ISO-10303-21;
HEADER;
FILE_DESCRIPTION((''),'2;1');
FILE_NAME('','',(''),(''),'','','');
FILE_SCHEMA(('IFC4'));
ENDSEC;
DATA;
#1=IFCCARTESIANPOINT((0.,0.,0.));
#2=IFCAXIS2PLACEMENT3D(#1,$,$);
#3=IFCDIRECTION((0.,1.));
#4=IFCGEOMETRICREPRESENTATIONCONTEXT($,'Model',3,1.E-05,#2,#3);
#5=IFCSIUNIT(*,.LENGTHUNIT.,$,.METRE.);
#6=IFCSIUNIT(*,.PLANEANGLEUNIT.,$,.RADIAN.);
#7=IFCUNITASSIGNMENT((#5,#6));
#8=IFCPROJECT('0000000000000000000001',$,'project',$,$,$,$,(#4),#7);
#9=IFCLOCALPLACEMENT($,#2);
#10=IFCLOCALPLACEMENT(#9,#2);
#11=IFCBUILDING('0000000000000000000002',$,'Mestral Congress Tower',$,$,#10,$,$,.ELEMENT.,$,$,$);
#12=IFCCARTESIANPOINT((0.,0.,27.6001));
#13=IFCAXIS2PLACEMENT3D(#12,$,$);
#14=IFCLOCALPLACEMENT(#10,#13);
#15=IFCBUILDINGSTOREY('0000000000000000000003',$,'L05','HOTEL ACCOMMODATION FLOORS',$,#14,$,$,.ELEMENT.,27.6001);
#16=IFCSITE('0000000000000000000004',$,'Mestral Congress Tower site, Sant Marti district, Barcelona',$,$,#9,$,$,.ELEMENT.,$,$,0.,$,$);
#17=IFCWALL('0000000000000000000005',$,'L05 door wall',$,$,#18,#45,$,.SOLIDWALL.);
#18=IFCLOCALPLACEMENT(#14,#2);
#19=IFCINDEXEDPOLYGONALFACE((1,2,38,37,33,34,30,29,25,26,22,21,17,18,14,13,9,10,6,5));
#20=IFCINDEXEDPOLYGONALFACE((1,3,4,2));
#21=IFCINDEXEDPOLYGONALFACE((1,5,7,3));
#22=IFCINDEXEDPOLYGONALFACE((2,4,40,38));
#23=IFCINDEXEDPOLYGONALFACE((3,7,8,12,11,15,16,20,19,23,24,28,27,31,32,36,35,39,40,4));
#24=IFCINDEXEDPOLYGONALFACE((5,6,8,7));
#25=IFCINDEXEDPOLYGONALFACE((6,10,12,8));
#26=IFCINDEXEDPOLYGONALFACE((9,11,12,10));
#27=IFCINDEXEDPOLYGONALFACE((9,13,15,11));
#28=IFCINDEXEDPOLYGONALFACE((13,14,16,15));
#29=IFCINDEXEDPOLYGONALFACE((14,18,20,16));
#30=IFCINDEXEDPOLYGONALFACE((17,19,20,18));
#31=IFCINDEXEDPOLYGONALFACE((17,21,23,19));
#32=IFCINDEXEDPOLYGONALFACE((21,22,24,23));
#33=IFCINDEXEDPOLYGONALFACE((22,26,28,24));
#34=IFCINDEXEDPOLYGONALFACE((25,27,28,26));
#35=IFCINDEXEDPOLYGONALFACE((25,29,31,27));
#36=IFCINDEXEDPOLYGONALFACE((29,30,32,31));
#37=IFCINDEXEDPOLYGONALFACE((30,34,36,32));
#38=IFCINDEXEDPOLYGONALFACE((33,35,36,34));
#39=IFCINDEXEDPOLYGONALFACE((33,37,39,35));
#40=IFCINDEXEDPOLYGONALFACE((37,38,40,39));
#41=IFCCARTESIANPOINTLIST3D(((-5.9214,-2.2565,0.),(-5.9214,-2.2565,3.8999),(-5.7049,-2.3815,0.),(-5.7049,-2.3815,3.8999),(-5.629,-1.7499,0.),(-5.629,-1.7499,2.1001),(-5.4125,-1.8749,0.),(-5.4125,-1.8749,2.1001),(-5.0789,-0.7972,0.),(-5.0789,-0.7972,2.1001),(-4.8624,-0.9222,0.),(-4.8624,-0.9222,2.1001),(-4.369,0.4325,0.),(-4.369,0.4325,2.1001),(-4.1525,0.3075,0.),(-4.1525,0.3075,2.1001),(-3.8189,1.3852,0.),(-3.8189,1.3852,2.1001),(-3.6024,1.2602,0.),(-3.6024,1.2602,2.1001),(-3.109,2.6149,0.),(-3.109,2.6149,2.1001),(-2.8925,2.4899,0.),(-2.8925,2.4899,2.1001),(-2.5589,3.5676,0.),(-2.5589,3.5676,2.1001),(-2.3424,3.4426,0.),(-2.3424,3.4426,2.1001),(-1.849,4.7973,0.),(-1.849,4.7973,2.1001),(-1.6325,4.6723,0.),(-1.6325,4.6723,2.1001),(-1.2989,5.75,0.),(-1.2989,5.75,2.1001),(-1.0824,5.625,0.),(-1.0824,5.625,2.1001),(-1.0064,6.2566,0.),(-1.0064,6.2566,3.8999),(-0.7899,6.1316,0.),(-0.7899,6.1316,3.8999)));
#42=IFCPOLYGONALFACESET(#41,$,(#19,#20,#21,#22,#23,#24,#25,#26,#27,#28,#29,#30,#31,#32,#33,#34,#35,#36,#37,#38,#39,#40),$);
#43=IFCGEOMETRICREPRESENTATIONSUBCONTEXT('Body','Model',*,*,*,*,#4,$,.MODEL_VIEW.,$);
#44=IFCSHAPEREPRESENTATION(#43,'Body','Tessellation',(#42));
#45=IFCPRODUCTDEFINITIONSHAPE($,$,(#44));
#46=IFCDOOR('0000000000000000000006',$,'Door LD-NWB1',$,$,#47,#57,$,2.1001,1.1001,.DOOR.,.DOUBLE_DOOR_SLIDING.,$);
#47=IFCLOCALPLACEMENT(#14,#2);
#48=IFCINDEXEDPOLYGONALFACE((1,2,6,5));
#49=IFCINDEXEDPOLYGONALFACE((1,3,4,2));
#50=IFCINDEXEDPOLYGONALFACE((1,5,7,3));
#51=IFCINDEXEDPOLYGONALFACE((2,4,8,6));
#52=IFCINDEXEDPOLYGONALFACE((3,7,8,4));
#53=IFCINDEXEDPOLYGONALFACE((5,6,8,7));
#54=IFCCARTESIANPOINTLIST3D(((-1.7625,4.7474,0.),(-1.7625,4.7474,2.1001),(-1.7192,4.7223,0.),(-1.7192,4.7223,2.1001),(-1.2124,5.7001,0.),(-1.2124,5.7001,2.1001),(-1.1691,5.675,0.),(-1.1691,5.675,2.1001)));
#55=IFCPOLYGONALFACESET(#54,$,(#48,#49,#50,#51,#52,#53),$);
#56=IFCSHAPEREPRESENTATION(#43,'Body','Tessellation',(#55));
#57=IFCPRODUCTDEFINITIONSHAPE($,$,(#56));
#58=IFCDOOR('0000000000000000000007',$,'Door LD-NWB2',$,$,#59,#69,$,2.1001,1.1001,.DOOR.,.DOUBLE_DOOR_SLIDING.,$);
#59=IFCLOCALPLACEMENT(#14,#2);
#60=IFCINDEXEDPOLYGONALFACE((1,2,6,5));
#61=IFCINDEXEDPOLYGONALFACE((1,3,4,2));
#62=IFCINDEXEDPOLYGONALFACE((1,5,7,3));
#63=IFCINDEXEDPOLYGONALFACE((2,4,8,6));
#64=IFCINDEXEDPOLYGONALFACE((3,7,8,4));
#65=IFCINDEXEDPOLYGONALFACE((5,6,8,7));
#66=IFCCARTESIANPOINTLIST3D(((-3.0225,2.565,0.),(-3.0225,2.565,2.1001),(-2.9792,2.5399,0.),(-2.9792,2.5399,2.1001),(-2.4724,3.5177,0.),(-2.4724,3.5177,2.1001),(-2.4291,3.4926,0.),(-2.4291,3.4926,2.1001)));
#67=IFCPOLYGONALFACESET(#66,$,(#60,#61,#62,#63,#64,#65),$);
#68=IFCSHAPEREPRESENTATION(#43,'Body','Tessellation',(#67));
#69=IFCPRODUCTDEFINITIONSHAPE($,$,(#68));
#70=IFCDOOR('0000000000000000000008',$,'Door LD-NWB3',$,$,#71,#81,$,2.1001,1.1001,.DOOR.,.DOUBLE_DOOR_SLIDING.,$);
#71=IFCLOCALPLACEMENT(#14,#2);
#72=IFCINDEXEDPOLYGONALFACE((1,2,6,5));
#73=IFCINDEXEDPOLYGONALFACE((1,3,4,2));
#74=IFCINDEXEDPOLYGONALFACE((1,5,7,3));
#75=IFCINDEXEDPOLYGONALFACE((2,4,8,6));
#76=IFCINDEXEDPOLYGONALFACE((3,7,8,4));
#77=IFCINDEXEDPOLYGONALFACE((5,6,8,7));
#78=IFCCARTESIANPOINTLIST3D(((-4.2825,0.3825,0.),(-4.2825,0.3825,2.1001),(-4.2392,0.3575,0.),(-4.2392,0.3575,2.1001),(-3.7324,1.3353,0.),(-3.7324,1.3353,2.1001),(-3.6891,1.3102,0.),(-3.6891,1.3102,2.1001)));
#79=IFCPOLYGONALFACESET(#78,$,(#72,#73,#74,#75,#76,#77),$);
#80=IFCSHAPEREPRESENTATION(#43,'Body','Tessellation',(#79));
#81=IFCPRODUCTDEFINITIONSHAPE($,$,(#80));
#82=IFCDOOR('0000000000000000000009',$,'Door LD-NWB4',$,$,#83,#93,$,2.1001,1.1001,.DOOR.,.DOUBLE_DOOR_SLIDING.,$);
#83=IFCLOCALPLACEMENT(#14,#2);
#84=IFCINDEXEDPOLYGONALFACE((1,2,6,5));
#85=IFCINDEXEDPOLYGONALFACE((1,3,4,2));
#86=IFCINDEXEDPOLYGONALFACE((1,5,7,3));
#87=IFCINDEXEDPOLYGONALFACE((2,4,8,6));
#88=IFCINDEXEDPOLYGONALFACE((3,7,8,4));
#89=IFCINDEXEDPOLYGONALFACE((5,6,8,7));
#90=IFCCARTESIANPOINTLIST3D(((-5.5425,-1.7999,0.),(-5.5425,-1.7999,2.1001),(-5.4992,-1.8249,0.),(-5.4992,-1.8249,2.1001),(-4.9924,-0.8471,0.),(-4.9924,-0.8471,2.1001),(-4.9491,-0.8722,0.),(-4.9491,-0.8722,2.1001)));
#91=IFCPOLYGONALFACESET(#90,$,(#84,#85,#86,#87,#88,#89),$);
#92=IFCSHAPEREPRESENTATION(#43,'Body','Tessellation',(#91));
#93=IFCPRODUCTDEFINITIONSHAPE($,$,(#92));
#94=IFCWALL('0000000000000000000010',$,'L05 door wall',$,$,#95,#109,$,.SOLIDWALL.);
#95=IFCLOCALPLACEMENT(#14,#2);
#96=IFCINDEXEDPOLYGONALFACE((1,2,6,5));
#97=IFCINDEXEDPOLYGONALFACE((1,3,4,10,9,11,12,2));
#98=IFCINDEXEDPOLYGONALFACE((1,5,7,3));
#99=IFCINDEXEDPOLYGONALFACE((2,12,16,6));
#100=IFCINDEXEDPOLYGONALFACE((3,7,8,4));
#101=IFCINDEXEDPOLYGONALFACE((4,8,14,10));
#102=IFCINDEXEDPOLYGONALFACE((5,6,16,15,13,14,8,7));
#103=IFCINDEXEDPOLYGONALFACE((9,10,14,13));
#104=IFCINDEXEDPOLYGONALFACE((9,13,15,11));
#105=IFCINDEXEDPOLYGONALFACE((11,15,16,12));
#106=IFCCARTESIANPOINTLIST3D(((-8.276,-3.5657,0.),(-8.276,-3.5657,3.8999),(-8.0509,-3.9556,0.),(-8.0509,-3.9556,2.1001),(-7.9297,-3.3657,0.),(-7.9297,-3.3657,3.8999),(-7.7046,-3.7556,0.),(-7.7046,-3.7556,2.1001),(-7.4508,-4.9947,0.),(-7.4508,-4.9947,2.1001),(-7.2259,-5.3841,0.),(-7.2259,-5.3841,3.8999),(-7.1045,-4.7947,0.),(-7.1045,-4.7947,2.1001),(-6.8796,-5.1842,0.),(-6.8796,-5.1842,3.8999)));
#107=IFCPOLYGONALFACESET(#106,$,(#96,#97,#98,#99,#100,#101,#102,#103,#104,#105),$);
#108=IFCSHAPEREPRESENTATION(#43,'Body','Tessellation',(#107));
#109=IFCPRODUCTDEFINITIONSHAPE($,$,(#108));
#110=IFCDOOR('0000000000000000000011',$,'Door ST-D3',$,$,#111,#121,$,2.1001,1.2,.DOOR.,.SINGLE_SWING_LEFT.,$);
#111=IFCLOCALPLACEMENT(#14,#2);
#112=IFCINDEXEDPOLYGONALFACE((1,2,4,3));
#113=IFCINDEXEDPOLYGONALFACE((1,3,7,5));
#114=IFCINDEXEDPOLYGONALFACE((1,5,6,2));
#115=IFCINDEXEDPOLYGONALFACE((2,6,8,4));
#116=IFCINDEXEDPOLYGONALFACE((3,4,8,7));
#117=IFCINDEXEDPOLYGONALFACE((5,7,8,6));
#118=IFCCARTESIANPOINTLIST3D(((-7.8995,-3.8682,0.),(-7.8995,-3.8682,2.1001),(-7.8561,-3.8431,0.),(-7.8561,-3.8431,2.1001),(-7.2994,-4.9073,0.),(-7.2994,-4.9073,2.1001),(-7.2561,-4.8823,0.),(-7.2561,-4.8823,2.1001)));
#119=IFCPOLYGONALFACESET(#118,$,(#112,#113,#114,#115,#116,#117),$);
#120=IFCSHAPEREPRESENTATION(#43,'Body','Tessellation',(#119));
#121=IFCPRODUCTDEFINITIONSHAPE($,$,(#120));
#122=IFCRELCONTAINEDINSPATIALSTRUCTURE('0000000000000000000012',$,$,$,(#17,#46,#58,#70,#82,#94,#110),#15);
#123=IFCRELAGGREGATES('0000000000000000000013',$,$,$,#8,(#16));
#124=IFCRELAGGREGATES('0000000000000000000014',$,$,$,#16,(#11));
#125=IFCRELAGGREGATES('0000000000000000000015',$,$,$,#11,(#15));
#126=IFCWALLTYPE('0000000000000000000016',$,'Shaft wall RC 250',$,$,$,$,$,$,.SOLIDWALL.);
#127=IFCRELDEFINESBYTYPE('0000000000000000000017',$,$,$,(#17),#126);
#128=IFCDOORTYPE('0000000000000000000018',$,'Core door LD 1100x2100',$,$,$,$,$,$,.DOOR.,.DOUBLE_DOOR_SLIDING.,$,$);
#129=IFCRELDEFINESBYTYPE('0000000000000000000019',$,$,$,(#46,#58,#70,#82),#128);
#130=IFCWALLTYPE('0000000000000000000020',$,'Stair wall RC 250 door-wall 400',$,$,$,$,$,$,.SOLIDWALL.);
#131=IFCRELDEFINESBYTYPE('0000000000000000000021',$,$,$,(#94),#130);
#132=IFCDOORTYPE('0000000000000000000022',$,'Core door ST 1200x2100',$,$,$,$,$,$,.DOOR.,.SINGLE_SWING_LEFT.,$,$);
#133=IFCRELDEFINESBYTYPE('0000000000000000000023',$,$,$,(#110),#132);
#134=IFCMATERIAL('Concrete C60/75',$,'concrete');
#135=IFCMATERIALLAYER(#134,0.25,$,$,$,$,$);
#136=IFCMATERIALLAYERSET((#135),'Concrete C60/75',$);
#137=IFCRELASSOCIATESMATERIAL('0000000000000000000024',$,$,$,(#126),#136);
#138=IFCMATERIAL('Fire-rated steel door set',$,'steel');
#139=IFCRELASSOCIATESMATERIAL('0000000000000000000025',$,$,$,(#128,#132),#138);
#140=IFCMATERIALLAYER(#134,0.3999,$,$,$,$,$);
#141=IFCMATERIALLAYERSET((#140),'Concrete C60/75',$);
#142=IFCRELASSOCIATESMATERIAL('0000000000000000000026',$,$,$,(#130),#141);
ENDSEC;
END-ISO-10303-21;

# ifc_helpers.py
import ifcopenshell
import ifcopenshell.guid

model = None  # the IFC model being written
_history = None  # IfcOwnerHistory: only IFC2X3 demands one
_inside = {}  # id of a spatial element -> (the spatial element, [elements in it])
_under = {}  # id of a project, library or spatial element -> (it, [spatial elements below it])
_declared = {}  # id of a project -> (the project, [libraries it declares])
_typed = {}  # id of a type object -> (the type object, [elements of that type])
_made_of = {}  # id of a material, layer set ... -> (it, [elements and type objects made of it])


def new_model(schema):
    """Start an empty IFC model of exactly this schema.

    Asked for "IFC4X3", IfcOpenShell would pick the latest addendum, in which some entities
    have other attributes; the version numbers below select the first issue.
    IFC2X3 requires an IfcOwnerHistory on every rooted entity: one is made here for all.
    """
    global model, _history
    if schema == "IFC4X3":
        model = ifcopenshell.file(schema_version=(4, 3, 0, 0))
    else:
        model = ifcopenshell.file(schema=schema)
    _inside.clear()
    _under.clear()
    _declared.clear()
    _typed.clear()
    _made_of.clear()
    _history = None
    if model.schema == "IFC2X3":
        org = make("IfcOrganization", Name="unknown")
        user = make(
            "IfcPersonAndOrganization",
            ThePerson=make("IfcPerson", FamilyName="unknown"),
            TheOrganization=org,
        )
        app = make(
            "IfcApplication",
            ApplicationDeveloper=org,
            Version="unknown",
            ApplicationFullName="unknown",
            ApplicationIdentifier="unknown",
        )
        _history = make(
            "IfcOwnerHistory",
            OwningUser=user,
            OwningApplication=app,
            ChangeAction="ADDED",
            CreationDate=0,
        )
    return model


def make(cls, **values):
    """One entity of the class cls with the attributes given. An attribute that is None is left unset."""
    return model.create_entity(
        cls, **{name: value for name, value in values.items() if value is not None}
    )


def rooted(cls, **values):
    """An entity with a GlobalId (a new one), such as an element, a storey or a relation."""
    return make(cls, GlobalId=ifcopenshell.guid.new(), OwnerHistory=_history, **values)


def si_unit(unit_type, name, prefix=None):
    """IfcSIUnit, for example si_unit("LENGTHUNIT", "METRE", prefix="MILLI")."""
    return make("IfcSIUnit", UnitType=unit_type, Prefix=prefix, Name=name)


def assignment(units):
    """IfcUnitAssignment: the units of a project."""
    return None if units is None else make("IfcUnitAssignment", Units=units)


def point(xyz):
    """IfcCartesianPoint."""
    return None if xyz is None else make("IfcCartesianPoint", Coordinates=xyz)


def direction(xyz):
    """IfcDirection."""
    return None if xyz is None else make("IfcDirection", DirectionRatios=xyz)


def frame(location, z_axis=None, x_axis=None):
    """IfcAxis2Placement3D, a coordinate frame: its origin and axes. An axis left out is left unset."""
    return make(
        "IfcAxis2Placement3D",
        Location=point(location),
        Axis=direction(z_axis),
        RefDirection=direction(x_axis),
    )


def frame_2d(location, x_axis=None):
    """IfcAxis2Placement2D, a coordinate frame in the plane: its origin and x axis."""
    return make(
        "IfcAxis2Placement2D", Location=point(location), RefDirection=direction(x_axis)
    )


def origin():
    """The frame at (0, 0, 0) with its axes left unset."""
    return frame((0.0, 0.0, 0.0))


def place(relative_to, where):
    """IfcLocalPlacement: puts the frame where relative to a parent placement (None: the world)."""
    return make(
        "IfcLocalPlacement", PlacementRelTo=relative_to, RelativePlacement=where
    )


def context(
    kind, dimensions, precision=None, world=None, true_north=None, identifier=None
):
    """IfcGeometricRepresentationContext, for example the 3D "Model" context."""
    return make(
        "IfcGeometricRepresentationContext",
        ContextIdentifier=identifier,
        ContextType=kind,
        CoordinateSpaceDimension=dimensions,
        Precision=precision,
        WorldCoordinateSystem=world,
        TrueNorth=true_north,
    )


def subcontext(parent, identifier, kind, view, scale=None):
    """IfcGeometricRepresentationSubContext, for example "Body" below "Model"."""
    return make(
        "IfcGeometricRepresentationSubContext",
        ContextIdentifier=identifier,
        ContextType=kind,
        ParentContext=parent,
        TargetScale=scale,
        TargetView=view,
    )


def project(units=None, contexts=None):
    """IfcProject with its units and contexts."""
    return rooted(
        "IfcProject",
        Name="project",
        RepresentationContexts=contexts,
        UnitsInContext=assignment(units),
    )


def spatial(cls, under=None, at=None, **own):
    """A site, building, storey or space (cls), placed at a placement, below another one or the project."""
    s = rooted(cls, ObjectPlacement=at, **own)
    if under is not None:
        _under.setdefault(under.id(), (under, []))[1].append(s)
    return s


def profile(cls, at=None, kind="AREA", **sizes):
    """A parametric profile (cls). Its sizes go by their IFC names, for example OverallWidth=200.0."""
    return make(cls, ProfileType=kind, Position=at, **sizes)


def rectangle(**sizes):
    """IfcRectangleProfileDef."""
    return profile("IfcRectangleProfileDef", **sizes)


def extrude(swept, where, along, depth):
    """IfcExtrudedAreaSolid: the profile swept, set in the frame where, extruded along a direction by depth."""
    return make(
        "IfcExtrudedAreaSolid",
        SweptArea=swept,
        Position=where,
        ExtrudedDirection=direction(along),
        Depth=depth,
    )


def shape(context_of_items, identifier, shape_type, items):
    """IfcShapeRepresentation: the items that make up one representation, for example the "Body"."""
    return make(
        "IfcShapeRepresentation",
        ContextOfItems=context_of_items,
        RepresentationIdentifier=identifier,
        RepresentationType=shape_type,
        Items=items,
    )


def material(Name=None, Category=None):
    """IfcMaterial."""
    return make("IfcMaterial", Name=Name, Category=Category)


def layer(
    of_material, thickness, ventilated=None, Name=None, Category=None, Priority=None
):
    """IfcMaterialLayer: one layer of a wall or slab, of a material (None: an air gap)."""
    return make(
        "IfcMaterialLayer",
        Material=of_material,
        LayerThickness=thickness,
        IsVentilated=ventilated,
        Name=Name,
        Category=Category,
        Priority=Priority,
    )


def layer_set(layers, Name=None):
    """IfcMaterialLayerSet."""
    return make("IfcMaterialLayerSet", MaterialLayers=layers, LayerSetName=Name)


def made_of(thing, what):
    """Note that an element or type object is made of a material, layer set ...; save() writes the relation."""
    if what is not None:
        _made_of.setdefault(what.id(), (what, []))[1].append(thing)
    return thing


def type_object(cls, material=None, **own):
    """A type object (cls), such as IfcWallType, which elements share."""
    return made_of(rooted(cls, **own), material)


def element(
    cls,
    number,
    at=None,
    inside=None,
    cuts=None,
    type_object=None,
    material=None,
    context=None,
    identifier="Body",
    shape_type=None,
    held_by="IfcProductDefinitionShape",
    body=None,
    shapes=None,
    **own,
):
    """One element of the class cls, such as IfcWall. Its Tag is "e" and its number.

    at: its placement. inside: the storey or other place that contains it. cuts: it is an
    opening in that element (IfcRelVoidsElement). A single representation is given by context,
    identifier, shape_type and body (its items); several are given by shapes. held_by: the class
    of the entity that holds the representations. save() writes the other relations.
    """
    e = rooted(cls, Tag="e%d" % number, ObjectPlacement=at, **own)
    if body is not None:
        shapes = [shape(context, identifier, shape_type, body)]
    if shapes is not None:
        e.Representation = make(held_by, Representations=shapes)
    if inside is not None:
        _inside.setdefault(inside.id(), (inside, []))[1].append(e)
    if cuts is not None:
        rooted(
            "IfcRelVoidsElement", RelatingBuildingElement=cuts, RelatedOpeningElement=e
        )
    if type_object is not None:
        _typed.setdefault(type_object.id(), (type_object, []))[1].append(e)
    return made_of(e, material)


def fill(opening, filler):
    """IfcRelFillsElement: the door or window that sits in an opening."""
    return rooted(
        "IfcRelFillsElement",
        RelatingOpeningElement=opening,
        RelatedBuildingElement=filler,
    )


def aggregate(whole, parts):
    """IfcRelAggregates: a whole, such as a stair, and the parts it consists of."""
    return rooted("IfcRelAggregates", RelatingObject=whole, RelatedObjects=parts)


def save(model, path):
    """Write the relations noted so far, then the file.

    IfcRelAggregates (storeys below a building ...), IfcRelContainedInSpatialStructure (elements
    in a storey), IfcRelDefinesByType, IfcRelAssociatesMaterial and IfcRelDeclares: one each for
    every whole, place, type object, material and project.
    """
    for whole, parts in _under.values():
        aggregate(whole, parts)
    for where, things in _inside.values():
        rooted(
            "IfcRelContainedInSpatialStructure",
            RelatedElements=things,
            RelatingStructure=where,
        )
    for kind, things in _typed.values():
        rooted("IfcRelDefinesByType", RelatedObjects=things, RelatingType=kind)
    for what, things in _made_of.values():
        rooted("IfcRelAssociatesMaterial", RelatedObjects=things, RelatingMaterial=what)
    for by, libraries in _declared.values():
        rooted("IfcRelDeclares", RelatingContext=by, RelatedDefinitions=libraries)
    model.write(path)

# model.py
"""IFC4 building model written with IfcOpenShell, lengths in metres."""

from ifc_helpers import new_model, si_unit, direction, frame, frame_2d, origin, place, context, subcontext, project, spatial, rectangle, extrude, material, layer, layer_set, type_object, element, fill, save


model = new_model("IFC4")

# Units and contexts
model_context = context("Model", 3, precision=1e-05, world=origin(), true_north=direction((0.0, 1.0)))
body_context = subcontext(model_context, "Body", "Model", "MODEL_VIEW")
ifc_project = project(units=[si_unit("LENGTHUNIT", "METRE"), si_unit("PLANEANGLEUNIT", "RADIAN")], contexts=[model_context])

# Site, building, storey
site_placement = place(None, origin())
site = spatial("IfcSite", under=ifc_project, at=site_placement, Name="Mestral Congress Tower site, Sant Marti district, Barcelona", CompositionType="ELEMENT", RefElevation=0.0)
building_placement = place(site_placement, origin())
building = spatial("IfcBuilding", under=site, at=building_placement, Name="Mestral Congress Tower", CompositionType="ELEMENT")
storey_placement = place(building_placement, frame((0.0, 0.0, 27.6001)))
storey = spatial("IfcBuildingStorey", under=building, at=storey_placement, Name="L05", Description="HOTEL ACCOMMODATION FLOORS", CompositionType="ELEMENT", Elevation=27.6001)

# Shared definitions
ifc_material_1 = material(Name="Concrete C60/75", Category="concrete")

# Shared definitions
ifc_layer_1 = layer(ifc_material_1, 0.25)
ifc_layer_set_1 = layer_set([ifc_layer_1], Name="Concrete C60/75")
wall_type_1 = type_object("IfcWallType", Name="Shaft wall RC 250", PredefinedType="SOLIDWALL", material=ifc_layer_set_1)

# Wall, openings, doors
wall_1_placement = place(storey_placement, frame((-0.8982, 6.1941, 0.0), z_axis=(0.0, 0.0, 1.0), x_axis=(-0.499996, -0.866028, 0.0)))
wall_1 = element("IfcWall", 1, at=wall_1_placement, inside=storey, type_object=wall_type_1, Name="L05 door wall", PredefinedType="SOLIDWALL", context=body_context, shape_type="SweptSolid", body=[
    extrude(rectangle(XDim=9.8301, YDim=0.25, at=frame_2d((4.915, 0.0))), origin(), (0.0, 0.0, 1.0), 3.8999),
])
opening_1_placement = place(wall_1_placement, frame((0.585, 0.0, 0.0)))
opening_1 = element("IfcOpeningElement", 2, at=opening_1_placement, cuts=wall_1, PredefinedType="OPENING", context=body_context, shape_type="SweptSolid", body=[
    extrude(rectangle(XDim=1.1001, YDim=2.1001, at=frame_2d((0.55, 1.05))), frame((0.0, 0.135, 0.0), z_axis=(0.0, -1.0, 0.0), x_axis=(1.0, 0.0, 0.0)), (0.0, 0.0, 1.0), 0.27),
])
opening_2_placement = place(wall_1_placement, frame((3.105, 0.0, 0.0)))
opening_2 = element("IfcOpeningElement", 3, at=opening_2_placement, cuts=wall_1, PredefinedType="OPENING", context=body_context, shape_type="SweptSolid", body=[
    extrude(rectangle(XDim=1.1001, YDim=2.1001, at=frame_2d((0.55, 1.05))), frame((0.0, 0.135, 0.0), z_axis=(0.0, -1.0, 0.0), x_axis=(1.0, 0.0, 0.0)), (0.0, 0.0, 1.0), 0.27),
])
opening_3_placement = place(wall_1_placement, frame((5.625, 0.0, 0.0)))
opening_3 = element("IfcOpeningElement", 4, at=opening_3_placement, cuts=wall_1, PredefinedType="OPENING", context=body_context, shape_type="SweptSolid", body=[
    extrude(rectangle(XDim=1.1001, YDim=2.1001, at=frame_2d((0.55, 1.05))), frame((0.0, 0.135, 0.0), z_axis=(0.0, -1.0, 0.0), x_axis=(1.0, 0.0, 0.0)), (0.0, 0.0, 1.0), 0.27),
])
opening_4_placement = place(wall_1_placement, frame((8.145, 0.0, 0.0)))
opening_4 = element("IfcOpeningElement", 5, at=opening_4_placement, cuts=wall_1, PredefinedType="OPENING", context=body_context, shape_type="SweptSolid", body=[
    extrude(rectangle(XDim=1.1001, YDim=2.1001, at=frame_2d((0.55, 1.05))), frame((0.0, 0.135, 0.0), z_axis=(0.0, -1.0, 0.0), x_axis=(1.0, 0.0, 0.0)), (0.0, 0.0, 1.0), 0.27),
])
ifc_material_2 = material(Name="Fire-rated steel door set", Category="steel")
door_type_1 = type_object("IfcDoorType", Name="Core door LD 1100x2100", OperationType="DOUBLE_DOOR_SLIDING", PredefinedType="DOOR", material=ifc_material_2)
door_1_placement = place(opening_1_placement, origin())
door_1 = element("IfcDoor", 6, at=door_1_placement, inside=storey, type_object=door_type_1, Name="Door LD-NWB1", OperationType="DOUBLE_DOOR_SLIDING", OverallHeight=2.1001, OverallWidth=1.1001, PredefinedType="DOOR", context=body_context, shape_type="SweptSolid", body=[
    extrude(rectangle(XDim=1.1001, YDim=2.1001, at=frame_2d((0.55, 1.05))), frame((0.0, 0.0249, 0.0), z_axis=(0.0, -1.0, 0.0), x_axis=(1.0, 0.0, 0.0)), (0.0, 0.0, 1.0), 0.05),
])
fill(opening_1, door_1)
door_2_placement = place(opening_2_placement, origin())
door_2 = element("IfcDoor", 7, at=door_2_placement, inside=storey, type_object=door_type_1, Name="Door LD-NWB2", OperationType="DOUBLE_DOOR_SLIDING", OverallHeight=2.1001, OverallWidth=1.1001, PredefinedType="DOOR", context=body_context, shape_type="SweptSolid", body=[
    extrude(rectangle(XDim=1.1001, YDim=2.1001, at=frame_2d((0.55, 1.05))), frame((0.0, 0.0249, 0.0), z_axis=(0.0, -1.0, 0.0), x_axis=(1.0, 0.0, 0.0)), (0.0, 0.0, 1.0), 0.05),
])
fill(opening_2, door_2)
door_3_placement = place(opening_3_placement, origin())
door_3 = element("IfcDoor", 8, at=door_3_placement, inside=storey, type_object=door_type_1, Name="Door LD-NWB3", OperationType="DOUBLE_DOOR_SLIDING", OverallHeight=2.1001, OverallWidth=1.1001, PredefinedType="DOOR", context=body_context, shape_type="SweptSolid", body=[
    extrude(rectangle(XDim=1.1001, YDim=2.1001, at=frame_2d((0.55, 1.05))), frame((0.0, 0.0249, 0.0), z_axis=(0.0, -1.0, 0.0), x_axis=(1.0, 0.0, 0.0)), (0.0, 0.0, 1.0), 0.05),
])
fill(opening_3, door_3)
door_4_placement = place(opening_4_placement, origin())
door_4 = element("IfcDoor", 9, at=door_4_placement, inside=storey, type_object=door_type_1, Name="Door LD-NWB4", OperationType="DOUBLE_DOOR_SLIDING", OverallHeight=2.1001, OverallWidth=1.1001, PredefinedType="DOOR", context=body_context, shape_type="SweptSolid", body=[
    extrude(rectangle(XDim=1.1001, YDim=2.1001, at=frame_2d((0.55, 1.05))), frame((0.0, 0.0249, 0.0), z_axis=(0.0, -1.0, 0.0), x_axis=(1.0, 0.0, 0.0)), (0.0, 0.0, 1.0), 0.05),
])
fill(opening_4, door_4)

# Wall, opening, door
ifc_layer_2 = layer(ifc_material_1, 0.3999)
ifc_layer_set_2 = layer_set([ifc_layer_2], Name="Concrete C60/75")
wall_type_2 = type_object("IfcWallType", Name="Stair wall RC 250 door-wall 400", PredefinedType="SOLIDWALL", material=ifc_layer_set_2)
wall_2_placement = place(storey_placement, frame((-8.1028, -3.4658, 0.0), z_axis=(0.0, 0.0, 1.0), x_axis=(0.500078, -0.86598, 0.0)))
wall_2 = element("IfcWall", 10, at=wall_2_placement, inside=storey, type_object=wall_type_2, Name="L05 door wall", PredefinedType="SOLIDWALL", context=body_context, shape_type="SweptSolid", body=[
    extrude(rectangle(XDim=2.0999, YDim=0.3999, at=frame_2d((1.0498, 0.0))), origin(), (0.0, 0.0, 1.0), 3.8999),
])
opening_5_placement = place(wall_2_placement, frame((0.45, 0.0, 0.0)))
opening_5 = element("IfcOpeningElement", 11, at=opening_5_placement, cuts=wall_2, PredefinedType="OPENING", context=body_context, shape_type="SweptSolid", body=[
    extrude(rectangle(XDim=1.2, YDim=2.1001, at=frame_2d((0.6001, 1.05))), frame((0.0, 0.21, 0.0), z_axis=(0.0, -1.0, 0.0), x_axis=(1.0, 0.0, 0.0)), (0.0, 0.0, 1.0), 0.4199),
])
door_type_2 = type_object("IfcDoorType", Name="Core door ST 1200x2100", OperationType="SINGLE_SWING_LEFT", PredefinedType="DOOR", material=ifc_material_2)
door_5_placement = place(opening_5_placement, origin())
door_5 = element("IfcDoor", 12, at=door_5_placement, inside=storey, type_object=door_type_2, Name="Door ST-D3", OperationType="SINGLE_SWING_LEFT", OverallHeight=2.1001, OverallWidth=1.2, PredefinedType="DOOR", context=body_context, shape_type="SweptSolid", body=[
    extrude(rectangle(XDim=1.2, YDim=2.1001, at=frame_2d((0.6001, 1.05))), frame((0.0, 0.0249, 0.0), z_axis=(0.0, -1.0, 0.0), x_axis=(1.0, 0.0, 0.0)), (0.0, 0.0, 1.0), 0.05),
])
fill(opening_5, door_5)

save(model, "model.ifc")
